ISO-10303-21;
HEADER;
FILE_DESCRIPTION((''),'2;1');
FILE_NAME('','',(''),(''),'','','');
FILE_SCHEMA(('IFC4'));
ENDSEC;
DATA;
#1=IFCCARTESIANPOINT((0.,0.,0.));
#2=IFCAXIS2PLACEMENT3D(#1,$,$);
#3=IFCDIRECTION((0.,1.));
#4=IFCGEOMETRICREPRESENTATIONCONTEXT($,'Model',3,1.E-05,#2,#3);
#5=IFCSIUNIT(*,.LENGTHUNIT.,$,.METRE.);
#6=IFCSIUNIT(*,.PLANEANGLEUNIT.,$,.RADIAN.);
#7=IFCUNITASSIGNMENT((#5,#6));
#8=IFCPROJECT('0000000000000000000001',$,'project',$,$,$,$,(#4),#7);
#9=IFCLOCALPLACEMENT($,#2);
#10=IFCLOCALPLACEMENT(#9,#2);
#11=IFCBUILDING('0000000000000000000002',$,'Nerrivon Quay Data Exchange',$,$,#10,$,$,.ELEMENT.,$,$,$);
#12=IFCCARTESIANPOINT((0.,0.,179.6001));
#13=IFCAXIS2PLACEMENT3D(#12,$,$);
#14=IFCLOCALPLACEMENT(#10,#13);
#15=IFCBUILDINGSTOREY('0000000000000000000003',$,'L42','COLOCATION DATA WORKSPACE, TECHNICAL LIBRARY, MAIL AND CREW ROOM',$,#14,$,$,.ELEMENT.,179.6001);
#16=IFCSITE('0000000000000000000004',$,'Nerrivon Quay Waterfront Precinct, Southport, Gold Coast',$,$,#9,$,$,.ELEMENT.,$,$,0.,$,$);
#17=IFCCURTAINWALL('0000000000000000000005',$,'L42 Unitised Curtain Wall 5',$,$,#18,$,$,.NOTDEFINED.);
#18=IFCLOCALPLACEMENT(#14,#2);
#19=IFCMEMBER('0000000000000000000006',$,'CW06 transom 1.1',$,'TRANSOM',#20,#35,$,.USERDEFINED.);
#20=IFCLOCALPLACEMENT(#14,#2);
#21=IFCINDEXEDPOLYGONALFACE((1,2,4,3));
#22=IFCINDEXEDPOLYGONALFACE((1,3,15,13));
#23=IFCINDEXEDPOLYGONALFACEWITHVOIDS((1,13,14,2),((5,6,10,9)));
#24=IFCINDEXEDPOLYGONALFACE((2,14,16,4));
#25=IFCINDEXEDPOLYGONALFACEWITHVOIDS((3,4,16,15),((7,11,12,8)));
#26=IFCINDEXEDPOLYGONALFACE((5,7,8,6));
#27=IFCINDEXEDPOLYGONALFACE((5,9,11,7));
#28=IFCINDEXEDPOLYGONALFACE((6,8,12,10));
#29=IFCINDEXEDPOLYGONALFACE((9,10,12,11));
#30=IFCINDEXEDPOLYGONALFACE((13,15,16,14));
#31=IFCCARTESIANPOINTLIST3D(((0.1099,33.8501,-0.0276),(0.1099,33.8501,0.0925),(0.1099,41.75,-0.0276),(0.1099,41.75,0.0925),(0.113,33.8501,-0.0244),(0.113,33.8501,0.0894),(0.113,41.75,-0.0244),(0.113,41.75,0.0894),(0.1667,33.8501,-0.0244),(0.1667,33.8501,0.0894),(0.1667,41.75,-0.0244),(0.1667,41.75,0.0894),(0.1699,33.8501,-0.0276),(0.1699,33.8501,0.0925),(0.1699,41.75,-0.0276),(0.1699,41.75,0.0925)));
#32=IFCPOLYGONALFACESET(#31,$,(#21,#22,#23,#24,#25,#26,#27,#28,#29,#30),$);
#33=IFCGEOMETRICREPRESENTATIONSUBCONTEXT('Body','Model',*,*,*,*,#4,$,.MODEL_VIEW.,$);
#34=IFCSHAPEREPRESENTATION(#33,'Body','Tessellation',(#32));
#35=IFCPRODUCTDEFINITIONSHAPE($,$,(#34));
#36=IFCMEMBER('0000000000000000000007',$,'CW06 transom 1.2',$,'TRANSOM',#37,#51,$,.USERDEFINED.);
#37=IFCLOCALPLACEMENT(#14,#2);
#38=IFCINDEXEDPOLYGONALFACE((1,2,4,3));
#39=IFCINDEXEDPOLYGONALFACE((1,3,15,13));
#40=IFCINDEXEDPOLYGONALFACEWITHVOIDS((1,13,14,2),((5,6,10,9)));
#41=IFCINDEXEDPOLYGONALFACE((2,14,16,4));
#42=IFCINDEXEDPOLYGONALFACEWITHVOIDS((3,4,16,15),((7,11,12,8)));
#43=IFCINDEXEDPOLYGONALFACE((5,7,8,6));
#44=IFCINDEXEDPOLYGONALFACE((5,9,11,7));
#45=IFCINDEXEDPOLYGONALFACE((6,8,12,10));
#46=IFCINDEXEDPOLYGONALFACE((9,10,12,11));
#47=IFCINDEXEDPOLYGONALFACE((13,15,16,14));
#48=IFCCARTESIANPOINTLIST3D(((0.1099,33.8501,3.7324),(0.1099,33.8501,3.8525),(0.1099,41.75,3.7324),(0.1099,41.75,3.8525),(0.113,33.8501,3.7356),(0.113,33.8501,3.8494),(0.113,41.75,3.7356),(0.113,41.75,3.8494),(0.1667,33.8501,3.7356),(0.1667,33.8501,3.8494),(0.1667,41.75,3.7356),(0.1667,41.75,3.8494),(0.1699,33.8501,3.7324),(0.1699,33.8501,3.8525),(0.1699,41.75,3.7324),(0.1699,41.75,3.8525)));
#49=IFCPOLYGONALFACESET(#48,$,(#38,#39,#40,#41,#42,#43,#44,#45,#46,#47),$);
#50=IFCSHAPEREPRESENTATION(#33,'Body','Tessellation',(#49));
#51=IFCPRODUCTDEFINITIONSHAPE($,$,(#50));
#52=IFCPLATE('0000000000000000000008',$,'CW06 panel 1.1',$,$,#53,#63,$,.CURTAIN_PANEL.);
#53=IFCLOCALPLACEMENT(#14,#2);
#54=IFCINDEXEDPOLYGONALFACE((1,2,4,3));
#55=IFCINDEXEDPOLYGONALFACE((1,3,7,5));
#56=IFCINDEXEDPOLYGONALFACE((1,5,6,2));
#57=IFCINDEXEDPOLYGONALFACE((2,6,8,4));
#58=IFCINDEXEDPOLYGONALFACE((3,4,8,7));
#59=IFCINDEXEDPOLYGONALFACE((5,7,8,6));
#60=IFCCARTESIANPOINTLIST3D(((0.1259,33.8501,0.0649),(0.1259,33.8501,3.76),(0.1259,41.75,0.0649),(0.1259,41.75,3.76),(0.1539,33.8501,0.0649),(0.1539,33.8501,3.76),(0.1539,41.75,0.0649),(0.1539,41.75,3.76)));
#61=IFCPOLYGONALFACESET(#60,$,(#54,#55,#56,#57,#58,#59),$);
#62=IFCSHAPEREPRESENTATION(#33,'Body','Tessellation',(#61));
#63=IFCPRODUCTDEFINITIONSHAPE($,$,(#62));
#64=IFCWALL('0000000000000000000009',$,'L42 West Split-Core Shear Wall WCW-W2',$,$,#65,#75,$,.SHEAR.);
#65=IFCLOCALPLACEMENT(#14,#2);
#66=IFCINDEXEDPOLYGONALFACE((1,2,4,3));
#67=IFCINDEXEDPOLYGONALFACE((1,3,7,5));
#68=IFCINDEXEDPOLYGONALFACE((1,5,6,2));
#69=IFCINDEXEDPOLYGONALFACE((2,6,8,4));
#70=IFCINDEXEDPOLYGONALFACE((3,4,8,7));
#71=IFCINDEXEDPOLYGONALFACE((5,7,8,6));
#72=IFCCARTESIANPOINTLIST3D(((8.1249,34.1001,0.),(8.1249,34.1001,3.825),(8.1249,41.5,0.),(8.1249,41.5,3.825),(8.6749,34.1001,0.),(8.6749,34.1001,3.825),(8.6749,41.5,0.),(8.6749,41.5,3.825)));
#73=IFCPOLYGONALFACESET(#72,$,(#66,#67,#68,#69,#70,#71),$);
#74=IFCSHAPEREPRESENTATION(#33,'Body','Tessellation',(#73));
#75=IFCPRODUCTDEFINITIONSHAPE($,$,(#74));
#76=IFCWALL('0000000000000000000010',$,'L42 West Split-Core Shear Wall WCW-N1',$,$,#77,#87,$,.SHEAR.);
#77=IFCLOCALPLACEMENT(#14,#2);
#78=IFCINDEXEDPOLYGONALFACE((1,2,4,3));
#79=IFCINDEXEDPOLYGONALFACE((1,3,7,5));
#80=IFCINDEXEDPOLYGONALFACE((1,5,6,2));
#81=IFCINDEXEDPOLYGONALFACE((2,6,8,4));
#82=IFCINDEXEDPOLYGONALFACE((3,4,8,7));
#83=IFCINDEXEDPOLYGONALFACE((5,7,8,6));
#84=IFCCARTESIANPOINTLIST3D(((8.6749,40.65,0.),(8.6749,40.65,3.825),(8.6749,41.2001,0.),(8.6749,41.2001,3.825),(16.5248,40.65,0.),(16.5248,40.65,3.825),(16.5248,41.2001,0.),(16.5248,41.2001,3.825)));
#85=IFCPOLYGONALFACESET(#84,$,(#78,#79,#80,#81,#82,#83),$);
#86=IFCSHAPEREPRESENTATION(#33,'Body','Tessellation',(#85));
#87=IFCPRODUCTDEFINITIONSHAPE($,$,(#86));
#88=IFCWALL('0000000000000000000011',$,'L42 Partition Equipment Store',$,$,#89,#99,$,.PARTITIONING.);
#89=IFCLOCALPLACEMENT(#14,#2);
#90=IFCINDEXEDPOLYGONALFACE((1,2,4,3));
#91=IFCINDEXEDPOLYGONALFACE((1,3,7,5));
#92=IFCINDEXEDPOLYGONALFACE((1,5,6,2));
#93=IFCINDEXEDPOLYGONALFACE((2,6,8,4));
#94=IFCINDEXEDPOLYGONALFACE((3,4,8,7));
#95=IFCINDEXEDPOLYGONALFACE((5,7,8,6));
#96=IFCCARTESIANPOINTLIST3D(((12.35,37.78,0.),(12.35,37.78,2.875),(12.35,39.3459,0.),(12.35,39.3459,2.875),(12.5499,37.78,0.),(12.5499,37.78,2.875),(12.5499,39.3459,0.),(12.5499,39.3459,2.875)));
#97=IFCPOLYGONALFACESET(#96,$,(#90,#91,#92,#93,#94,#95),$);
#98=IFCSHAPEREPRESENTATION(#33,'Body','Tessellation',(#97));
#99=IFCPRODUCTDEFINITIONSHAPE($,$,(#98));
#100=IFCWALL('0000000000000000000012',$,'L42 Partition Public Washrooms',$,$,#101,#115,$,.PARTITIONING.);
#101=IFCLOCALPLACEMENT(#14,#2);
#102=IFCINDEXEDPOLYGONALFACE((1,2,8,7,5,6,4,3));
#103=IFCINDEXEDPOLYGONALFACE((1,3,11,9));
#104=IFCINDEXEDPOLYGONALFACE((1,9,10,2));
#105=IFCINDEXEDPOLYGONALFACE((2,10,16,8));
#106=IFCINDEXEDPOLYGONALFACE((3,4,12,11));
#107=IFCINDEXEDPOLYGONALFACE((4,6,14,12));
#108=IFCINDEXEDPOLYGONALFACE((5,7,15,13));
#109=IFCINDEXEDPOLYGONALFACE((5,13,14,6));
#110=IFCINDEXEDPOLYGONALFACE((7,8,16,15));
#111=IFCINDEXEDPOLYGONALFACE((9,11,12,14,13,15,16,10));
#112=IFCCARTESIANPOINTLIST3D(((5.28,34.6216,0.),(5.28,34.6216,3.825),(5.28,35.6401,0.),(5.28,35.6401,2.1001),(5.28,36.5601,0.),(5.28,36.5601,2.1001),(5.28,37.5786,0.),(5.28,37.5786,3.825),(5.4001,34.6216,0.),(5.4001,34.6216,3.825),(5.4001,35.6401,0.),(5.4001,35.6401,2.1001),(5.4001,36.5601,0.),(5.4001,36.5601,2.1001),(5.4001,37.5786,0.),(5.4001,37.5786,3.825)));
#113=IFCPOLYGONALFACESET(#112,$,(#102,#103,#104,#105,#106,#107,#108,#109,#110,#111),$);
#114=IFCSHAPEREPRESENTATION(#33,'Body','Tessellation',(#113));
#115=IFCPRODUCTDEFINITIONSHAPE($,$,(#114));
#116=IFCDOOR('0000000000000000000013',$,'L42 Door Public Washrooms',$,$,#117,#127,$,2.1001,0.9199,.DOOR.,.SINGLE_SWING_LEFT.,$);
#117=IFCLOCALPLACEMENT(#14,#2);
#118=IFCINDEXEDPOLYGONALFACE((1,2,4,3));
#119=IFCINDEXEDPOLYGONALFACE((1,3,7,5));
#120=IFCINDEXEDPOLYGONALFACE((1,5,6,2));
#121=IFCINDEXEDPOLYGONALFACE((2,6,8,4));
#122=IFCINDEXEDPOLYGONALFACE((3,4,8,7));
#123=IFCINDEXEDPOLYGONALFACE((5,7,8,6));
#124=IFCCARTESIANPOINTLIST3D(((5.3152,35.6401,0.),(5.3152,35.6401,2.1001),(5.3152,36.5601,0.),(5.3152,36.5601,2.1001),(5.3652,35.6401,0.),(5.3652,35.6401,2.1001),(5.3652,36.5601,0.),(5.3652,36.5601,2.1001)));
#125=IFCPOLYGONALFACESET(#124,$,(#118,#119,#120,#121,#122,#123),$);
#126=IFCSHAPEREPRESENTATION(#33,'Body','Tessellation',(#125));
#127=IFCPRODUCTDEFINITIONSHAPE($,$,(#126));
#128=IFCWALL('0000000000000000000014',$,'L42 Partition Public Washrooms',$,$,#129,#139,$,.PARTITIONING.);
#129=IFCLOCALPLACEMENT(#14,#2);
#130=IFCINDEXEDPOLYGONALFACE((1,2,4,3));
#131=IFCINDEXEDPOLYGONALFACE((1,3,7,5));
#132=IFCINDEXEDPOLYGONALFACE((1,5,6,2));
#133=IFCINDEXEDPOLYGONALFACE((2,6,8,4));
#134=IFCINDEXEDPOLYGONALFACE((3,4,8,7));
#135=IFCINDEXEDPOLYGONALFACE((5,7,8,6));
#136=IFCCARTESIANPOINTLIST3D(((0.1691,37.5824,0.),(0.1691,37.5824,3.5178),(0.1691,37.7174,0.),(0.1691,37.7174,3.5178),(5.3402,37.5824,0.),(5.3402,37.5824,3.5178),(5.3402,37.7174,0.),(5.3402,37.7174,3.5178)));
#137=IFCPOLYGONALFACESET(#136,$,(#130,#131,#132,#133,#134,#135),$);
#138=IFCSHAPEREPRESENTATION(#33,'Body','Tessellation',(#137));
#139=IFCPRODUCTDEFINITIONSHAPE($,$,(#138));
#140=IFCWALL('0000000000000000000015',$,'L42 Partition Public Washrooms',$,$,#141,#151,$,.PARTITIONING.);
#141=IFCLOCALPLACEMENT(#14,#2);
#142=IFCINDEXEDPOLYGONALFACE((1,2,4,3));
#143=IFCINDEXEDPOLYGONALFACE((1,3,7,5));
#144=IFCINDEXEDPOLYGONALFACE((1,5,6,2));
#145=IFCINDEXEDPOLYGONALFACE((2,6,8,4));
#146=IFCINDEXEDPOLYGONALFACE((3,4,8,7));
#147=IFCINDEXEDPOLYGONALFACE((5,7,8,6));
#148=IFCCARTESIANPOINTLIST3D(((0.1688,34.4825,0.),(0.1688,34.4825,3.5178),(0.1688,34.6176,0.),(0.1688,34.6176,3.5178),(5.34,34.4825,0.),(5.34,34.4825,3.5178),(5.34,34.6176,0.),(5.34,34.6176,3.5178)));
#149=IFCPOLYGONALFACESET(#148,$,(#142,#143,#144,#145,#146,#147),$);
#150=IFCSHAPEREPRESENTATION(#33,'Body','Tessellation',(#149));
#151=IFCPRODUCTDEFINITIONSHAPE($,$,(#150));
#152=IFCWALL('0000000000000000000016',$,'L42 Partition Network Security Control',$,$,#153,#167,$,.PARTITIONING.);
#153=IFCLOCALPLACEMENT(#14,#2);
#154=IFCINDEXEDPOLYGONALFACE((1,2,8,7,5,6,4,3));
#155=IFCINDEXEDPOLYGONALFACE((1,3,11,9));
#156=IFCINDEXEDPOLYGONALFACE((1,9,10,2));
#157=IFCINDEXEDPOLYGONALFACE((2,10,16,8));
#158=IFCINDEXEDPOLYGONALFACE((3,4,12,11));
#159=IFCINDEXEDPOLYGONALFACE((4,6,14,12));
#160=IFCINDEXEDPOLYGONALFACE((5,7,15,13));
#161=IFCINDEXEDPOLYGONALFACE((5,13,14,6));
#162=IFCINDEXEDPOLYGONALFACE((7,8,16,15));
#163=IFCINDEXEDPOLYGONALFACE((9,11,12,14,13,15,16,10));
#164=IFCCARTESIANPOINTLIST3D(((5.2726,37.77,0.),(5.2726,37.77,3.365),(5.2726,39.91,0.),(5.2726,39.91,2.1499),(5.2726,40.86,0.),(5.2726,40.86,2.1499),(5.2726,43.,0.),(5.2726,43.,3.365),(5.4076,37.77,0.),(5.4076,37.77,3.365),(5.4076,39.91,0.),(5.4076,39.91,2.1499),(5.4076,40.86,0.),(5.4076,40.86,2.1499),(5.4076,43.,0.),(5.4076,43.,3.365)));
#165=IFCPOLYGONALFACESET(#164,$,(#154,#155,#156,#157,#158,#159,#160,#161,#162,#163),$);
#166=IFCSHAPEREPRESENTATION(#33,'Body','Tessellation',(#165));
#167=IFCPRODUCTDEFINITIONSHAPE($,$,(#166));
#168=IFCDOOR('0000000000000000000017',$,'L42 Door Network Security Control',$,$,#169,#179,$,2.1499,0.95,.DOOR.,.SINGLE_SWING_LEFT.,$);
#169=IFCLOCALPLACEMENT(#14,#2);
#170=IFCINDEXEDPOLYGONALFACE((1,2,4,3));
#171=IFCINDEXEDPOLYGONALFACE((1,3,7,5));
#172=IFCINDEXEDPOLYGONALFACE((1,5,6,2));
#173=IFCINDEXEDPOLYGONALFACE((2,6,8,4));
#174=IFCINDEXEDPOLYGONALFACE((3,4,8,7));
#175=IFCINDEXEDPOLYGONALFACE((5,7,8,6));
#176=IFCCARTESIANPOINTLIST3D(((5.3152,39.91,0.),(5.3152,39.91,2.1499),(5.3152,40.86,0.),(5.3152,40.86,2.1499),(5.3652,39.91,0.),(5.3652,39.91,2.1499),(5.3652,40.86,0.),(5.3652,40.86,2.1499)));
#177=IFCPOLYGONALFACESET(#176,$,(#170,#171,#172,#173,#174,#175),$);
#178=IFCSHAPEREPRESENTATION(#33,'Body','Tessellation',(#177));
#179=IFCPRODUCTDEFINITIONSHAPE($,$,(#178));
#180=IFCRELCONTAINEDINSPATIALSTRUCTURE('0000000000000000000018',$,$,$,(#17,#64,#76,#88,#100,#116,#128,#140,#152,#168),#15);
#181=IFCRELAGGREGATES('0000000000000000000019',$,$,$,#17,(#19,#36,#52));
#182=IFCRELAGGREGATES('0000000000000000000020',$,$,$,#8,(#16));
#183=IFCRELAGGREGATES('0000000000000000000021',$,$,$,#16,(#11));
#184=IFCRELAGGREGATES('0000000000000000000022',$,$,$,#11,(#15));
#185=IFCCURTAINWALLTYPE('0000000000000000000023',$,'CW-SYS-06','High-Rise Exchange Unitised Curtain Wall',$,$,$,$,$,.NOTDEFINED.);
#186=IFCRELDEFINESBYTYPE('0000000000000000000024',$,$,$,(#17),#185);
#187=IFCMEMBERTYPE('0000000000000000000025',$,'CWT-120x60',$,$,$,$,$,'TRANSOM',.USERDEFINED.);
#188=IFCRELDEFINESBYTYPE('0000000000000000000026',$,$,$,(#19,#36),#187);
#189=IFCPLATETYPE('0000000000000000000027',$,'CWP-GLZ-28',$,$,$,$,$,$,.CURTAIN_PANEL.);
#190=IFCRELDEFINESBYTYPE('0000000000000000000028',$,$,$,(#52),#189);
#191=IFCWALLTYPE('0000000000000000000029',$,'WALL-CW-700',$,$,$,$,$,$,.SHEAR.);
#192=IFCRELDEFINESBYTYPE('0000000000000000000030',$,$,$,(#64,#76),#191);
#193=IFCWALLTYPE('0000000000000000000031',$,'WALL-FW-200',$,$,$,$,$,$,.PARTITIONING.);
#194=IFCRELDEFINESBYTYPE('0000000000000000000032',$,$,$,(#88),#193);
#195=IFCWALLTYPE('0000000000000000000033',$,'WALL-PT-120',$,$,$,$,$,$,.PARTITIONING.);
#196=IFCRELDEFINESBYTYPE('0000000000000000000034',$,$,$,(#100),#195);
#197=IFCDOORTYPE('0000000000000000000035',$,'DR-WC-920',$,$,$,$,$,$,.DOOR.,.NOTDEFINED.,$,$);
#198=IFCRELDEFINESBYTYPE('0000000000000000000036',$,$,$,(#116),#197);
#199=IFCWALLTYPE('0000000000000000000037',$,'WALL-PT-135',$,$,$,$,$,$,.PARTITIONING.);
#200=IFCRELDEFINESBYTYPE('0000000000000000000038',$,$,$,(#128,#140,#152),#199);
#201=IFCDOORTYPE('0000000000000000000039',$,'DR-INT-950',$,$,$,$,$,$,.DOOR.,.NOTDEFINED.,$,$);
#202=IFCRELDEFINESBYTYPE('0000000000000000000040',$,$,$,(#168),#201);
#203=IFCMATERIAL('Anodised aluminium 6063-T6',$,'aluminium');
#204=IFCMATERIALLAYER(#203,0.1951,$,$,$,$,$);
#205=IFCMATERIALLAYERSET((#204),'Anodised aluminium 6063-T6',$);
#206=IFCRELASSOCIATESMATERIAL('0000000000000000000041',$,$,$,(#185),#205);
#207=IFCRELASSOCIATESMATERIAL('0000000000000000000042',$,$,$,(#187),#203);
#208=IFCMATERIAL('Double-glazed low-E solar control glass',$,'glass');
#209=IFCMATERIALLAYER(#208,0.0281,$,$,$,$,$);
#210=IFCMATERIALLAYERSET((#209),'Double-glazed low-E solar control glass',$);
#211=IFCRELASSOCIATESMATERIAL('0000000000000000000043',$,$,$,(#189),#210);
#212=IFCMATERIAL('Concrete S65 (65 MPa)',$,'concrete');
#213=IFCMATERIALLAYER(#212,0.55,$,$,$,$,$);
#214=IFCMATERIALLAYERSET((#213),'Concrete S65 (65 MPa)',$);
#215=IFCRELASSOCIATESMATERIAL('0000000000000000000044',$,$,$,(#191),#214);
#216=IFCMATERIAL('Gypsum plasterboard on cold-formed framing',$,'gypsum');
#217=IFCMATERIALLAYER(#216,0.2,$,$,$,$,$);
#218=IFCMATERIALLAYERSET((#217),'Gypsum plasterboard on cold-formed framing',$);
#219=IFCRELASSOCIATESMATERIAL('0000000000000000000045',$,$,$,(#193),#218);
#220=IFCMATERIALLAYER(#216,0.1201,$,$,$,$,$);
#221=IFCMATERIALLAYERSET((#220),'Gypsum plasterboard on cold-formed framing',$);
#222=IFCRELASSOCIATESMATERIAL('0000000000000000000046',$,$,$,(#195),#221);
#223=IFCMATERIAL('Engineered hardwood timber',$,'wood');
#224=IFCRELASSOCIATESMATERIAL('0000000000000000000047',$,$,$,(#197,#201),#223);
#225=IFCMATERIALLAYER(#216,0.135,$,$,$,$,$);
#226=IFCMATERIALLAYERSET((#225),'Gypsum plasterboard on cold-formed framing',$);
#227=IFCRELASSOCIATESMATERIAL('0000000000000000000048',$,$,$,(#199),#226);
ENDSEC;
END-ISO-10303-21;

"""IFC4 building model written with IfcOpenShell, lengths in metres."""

from ifc_helpers import new_model, si_unit, direction, frame, frame_2d, origin, origin_2d, place, context, subcontext, project, spatial, rectangle, hollow_rectangle, extrude, material, layer, layer_set, material_profile, profile_set, type_object, element, fill, aggregate, save


model = new_model("IFC4")

# Units and contexts
model_context = context("Model", 3, precision=1e-05, world=origin(), true_north=direction((0.0, 1.0)))
body_context = subcontext(model_context, "Body", "Model", "MODEL_VIEW")
ifc_project = project(units=[si_unit("LENGTHUNIT", "METRE"), si_unit("PLANEANGLEUNIT", "RADIAN")], contexts=[model_context])

# Site, building, storey
site_placement = place(None, origin())
site = spatial("IfcSite", under=ifc_project, at=site_placement, Name="Nerrivon Quay Waterfront Precinct, Southport, Gold Coast", CompositionType="ELEMENT", RefElevation=0.0)
building_placement = place(site_placement, origin())
building = spatial("IfcBuilding", under=site, at=building_placement, Name="Nerrivon Quay Data Exchange", CompositionType="ELEMENT")
storey_placement = place(building_placement, frame((0.0, 0.0, 179.6001)))
storey = spatial("IfcBuildingStorey", under=building, at=storey_placement, Name="L42", Description="COLOCATION DATA WORKSPACE, TECHNICAL LIBRARY, MAIL AND CREW ROOM", CompositionType="ELEMENT", Elevation=179.6001)

# Shared definitions
ifc_material_1 = material(Name="Concrete S65 (65 MPa)", Category="concrete")

# Curtain wall, members, plate
ifc_material_2 = material(Name="Anodised aluminium 6063-T6", Category="aluminium")
ifc_layer_1 = layer(ifc_material_2, 0.1951)
ifc_layer_set_1 = layer_set([ifc_layer_1], Name="Anodised aluminium 6063-T6")
curtain_wall_type = type_object("IfcCurtainWallType", Name="CW-SYS-06", Description="High-Rise Exchange Unitised Curtain Wall", PredefinedType="NOTDEFINED", material=ifc_layer_set_1)
curtain_wall_placement = place(storey_placement, origin())
curtain_wall = element("IfcCurtainWall", 1, at=curtain_wall_placement, inside=storey, type_object=curtain_wall_type, Name="L42 Unitised Curtain Wall 5", PredefinedType="NOTDEFINED")
ifc_material_profile_1 = material_profile(ifc_material_2, hollow_rectangle(XDim=0.0601, YDim=0.1201, WallThickness=0.0032, at=origin_2d()), Name="ALU-TRAN-120x60")
ifc_profile_set_1 = profile_set([ifc_material_profile_1], Name="Anodised aluminium 6063-T6")
member_type_1 = type_object("IfcMemberType", Name="CWT-120x60", ElementType="TRANSOM", PredefinedType="USERDEFINED", material=ifc_profile_set_1)
member_1_placement = place(storey_placement, frame((0.1399, 33.8501, 0.0325), z_axis=(0.0, 1.0, 0.0), x_axis=(-1.0, 0.0, 0.0)))
member_1 = element("IfcMember", 2, at=member_1_placement, type_object=member_type_1, Name="CW06 transom 1.1", ObjectType="TRANSOM", PredefinedType="USERDEFINED", context=body_context, shape_type="SweptSolid", body=[
    extrude(hollow_rectangle(XDim=0.0601, YDim=0.1201, WallThickness=0.0032, at=origin_2d()), origin(), (0.0, 0.0, 1.0), 7.8999),
])
member_2_placement = place(storey_placement, frame((0.1399, 33.8501, 3.7925), z_axis=(0.0, 1.0, 0.0), x_axis=(-1.0, 0.0, 0.0)))
member_2 = element("IfcMember", 3, at=member_2_placement, type_object=member_type_1, Name="CW06 transom 1.2", ObjectType="TRANSOM", PredefinedType="USERDEFINED", context=body_context, shape_type="SweptSolid", body=[
    extrude(hollow_rectangle(XDim=0.0601, YDim=0.1201, WallThickness=0.0032, at=origin_2d()), origin(), (0.0, 0.0, 1.0), 7.8999),
])
ifc_material_3 = material(Name="Double-glazed low-E solar control glass", Category="glass")
ifc_layer_2 = layer(ifc_material_3, 0.0281)
ifc_layer_set_2 = layer_set([ifc_layer_2], Name="Double-glazed low-E solar control glass")
plate_type = type_object("IfcPlateType", Name="CWP-GLZ-28", PredefinedType="CURTAIN_PANEL", material=ifc_layer_set_2)
plate_placement = place(storey_placement, frame((0.1399, 37.8, 0.0649), z_axis=(0.0, 0.0, 1.0), x_axis=(0.0, 1.0, 0.0)))
plate = element("IfcPlate", 4, at=plate_placement, type_object=plate_type, Name="CW06 panel 1.1", PredefinedType="CURTAIN_PANEL", context=body_context, shape_type="SweptSolid", body=[
    extrude(rectangle(XDim=7.8999, YDim=0.0281, at=origin_2d()), origin(), (0.0, 0.0, 1.0), 3.6951),
])
aggregate(curtain_wall, [member_1, member_2, plate])

# Walls
ifc_layer_3 = layer(ifc_material_1, 0.55)
ifc_layer_set_3 = layer_set([ifc_layer_3], Name="Concrete S65 (65 MPa)")
wall_type_1 = type_object("IfcWallType", Name="WALL-CW-700", PredefinedType="SHEAR", material=ifc_layer_set_3)
wall_1_placement = place(storey_placement, frame((8.3999, 34.1001, 0.0), z_axis=(0.0, 0.0, 1.0), x_axis=(0.0, 1.0, 0.0)))
element("IfcWall", 5, at=wall_1_placement, inside=storey, type_object=wall_type_1, Name="L42 West Split-Core Shear Wall WCW-W2", PredefinedType="SHEAR", context=body_context, shape_type="SweptSolid", body=[
    extrude(rectangle(XDim=7.3999, YDim=0.55, at=frame_2d((3.7, 0.0))), origin(), (0.0, 0.0, 1.0), 3.825),
])
wall_2_placement = place(storey_placement, frame((8.675, 40.925, 0.0), z_axis=(0.0, 0.0, 1.0), x_axis=(1.0, 0.0, 0.0)))
element("IfcWall", 6, at=wall_2_placement, inside=storey, type_object=wall_type_1, Name="L42 West Split-Core Shear Wall WCW-N1", PredefinedType="SHEAR", context=body_context, shape_type="SweptSolid", body=[
    extrude(rectangle(XDim=7.8499, YDim=0.55, at=frame_2d((3.9248, 0.0))), origin(), (0.0, 0.0, 1.0), 3.825),
])
ifc_material_4 = material(Name="Gypsum plasterboard on cold-formed framing", Category="gypsum")
ifc_layer_4 = layer(ifc_material_4, 0.2)
ifc_layer_set_4 = layer_set([ifc_layer_4], Name="Gypsum plasterboard on cold-formed framing")
wall_type_2 = type_object("IfcWallType", Name="WALL-FW-200", PredefinedType="PARTITIONING", material=ifc_layer_set_4)
wall_3_placement = place(storey_placement, frame((12.45, 39.3459, 0.0), z_axis=(0.0, 0.0, 1.0), x_axis=(0.0, -1.0, 0.0)))
element("IfcWall", 7, at=wall_3_placement, inside=storey, type_object=wall_type_2, Name="L42 Partition Equipment Store", PredefinedType="PARTITIONING", context=body_context, shape_type="SweptSolid", body=[
    extrude(rectangle(XDim=1.5659, YDim=0.2, at=frame_2d((0.783, 0.0))), origin(), (0.0, 0.0, 1.0), 2.875),
])

# Wall, opening, door
ifc_layer_5 = layer(ifc_material_4, 0.1201)
ifc_layer_set_5 = layer_set([ifc_layer_5], Name="Gypsum plasterboard on cold-formed framing")
wall_type_3 = type_object("IfcWallType", Name="WALL-PT-120", PredefinedType="PARTITIONING", material=ifc_layer_set_5)
wall_4_placement = place(storey_placement, frame((5.3401, 34.6216, 0.0), z_axis=(0.0, 0.0, 1.0), x_axis=(0.0, 1.0, 0.0)))
wall_4 = element("IfcWall", 8, at=wall_4_placement, inside=storey, type_object=wall_type_3, Name="L42 Partition Public Washrooms", PredefinedType="PARTITIONING", context=body_context, shape_type="SweptSolid", body=[
    extrude(rectangle(XDim=2.957, YDim=0.1201, at=frame_2d((1.4785, 0.0))), origin(), (0.0, 0.0, 1.0), 3.825),
])
opening_1_placement = place(wall_4_placement, frame((1.0186, 0.0, 0.0)))
opening_1 = element("IfcOpeningElement", 9, at=opening_1_placement, cuts=wall_4, PredefinedType="OPENING", context=body_context, shape_type="SweptSolid", body=[
    extrude(rectangle(XDim=0.9199, YDim=2.1001, at=frame_2d((0.46, 1.05))), frame((0.0, 0.0701, 0.0), z_axis=(0.0, -1.0, 0.0), x_axis=(1.0, 0.0, 0.0)), (0.0, 0.0, 1.0), 0.1401),
])
ifc_material_5 = material(Name="Engineered hardwood timber", Category="wood")
door_type_1 = type_object("IfcDoorType", Name="DR-WC-920", OperationType="NOTDEFINED", PredefinedType="DOOR", material=ifc_material_5)
door_1_placement = place(opening_1_placement, origin())
door_1 = element("IfcDoor", 10, at=door_1_placement, inside=storey, type_object=door_type_1, Name="L42 Door Public Washrooms", OperationType="SINGLE_SWING_LEFT", OverallHeight=2.1001, OverallWidth=0.9199, PredefinedType="DOOR", context=body_context, shape_type="SweptSolid", body=[
    extrude(rectangle(XDim=0.9199, YDim=2.1001, at=frame_2d((0.46, 1.05))), frame((0.0, 0.0249, 0.0), z_axis=(0.0, -1.0, 0.0), x_axis=(1.0, 0.0, 0.0)), (0.0, 0.0, 1.0), 0.05),
])
fill(opening_1, door_1)

# Walls
ifc_layer_6 = layer(ifc_material_4, 0.135)
ifc_layer_set_6 = layer_set([ifc_layer_6], Name="Gypsum plasterboard on cold-formed framing")
wall_type_4 = type_object("IfcWallType", Name="WALL-PT-135", PredefinedType="PARTITIONING", material=ifc_layer_set_6)
for number, where, z_axis, x_axis, name in (
    (11, (5.3401, 37.6499, 0.0), (0.0, 0.0, 1.0), (-1.0, 0.0, 0.0), "L42 Partition Public Washrooms"),
    (12, (0.1689, 34.55, 0.0), (0.0, 0.0, 1.0), (1.0, 0.0, 0.0), "L42 Partition Public Washrooms"),
):
    element("IfcWall", number, at=place(storey_placement, frame(where, z_axis=z_axis, x_axis=x_axis)), inside=storey, type_object=wall_type_4, Name=name, PredefinedType="PARTITIONING", context=body_context, shape_type="SweptSolid", body=[
        extrude(rectangle(XDim=5.1711, YDim=0.135, at=frame_2d((2.5854, 0.0))), origin(), (0.0, 0.0, 1.0), 3.5178),
    ])

# Wall, opening, door
wall_5_placement = place(storey_placement, frame((5.3401, 37.77, 0.0), z_axis=(0.0, 0.0, 1.0), x_axis=(0.0, 1.0, 0.0)))
wall_5 = element("IfcWall", 13, at=wall_5_placement, inside=storey, type_object=wall_type_4, Name="L42 Partition Network Security Control", PredefinedType="PARTITIONING", context=body_context, shape_type="SweptSolid", body=[
    extrude(rectangle(XDim=5.23, YDim=0.135, at=frame_2d((2.615, 0.0))), origin(), (0.0, 0.0, 1.0), 3.365),
])
opening_2_placement = place(wall_5_placement, frame((2.1399, 0.0, 0.0)))
opening_2 = element("IfcOpeningElement", 14, at=opening_2_placement, cuts=wall_5, PredefinedType="OPENING", context=body_context, shape_type="SweptSolid", body=[
    extrude(rectangle(XDim=0.95, YDim=2.1499, at=frame_2d((0.4751, 1.075))), frame((0.0, 0.0774, 0.0), z_axis=(0.0, -1.0, 0.0), x_axis=(1.0, 0.0, 0.0)), (0.0, 0.0, 1.0), 0.155),
])
door_type_2 = type_object("IfcDoorType", Name="DR-INT-950", OperationType="NOTDEFINED", PredefinedType="DOOR", material=ifc_material_5)
door_2_placement = place(opening_2_placement, origin())
door_2 = element("IfcDoor", 15, at=door_2_placement, inside=storey, type_object=door_type_2, Name="L42 Door Network Security Control", OperationType="SINGLE_SWING_LEFT", OverallHeight=2.1499, OverallWidth=0.95, PredefinedType="DOOR", context=body_context, shape_type="SweptSolid", body=[
    extrude(rectangle(XDim=0.95, YDim=2.1499, at=frame_2d((0.4751, 1.075))), frame((0.0, 0.0249, 0.0), z_axis=(0.0, -1.0, 0.0), x_axis=(1.0, 0.0, 0.0)), (0.0, 0.0, 1.0), 0.05),
])
fill(opening_2, door_2)

save(model, "model.ifc")
